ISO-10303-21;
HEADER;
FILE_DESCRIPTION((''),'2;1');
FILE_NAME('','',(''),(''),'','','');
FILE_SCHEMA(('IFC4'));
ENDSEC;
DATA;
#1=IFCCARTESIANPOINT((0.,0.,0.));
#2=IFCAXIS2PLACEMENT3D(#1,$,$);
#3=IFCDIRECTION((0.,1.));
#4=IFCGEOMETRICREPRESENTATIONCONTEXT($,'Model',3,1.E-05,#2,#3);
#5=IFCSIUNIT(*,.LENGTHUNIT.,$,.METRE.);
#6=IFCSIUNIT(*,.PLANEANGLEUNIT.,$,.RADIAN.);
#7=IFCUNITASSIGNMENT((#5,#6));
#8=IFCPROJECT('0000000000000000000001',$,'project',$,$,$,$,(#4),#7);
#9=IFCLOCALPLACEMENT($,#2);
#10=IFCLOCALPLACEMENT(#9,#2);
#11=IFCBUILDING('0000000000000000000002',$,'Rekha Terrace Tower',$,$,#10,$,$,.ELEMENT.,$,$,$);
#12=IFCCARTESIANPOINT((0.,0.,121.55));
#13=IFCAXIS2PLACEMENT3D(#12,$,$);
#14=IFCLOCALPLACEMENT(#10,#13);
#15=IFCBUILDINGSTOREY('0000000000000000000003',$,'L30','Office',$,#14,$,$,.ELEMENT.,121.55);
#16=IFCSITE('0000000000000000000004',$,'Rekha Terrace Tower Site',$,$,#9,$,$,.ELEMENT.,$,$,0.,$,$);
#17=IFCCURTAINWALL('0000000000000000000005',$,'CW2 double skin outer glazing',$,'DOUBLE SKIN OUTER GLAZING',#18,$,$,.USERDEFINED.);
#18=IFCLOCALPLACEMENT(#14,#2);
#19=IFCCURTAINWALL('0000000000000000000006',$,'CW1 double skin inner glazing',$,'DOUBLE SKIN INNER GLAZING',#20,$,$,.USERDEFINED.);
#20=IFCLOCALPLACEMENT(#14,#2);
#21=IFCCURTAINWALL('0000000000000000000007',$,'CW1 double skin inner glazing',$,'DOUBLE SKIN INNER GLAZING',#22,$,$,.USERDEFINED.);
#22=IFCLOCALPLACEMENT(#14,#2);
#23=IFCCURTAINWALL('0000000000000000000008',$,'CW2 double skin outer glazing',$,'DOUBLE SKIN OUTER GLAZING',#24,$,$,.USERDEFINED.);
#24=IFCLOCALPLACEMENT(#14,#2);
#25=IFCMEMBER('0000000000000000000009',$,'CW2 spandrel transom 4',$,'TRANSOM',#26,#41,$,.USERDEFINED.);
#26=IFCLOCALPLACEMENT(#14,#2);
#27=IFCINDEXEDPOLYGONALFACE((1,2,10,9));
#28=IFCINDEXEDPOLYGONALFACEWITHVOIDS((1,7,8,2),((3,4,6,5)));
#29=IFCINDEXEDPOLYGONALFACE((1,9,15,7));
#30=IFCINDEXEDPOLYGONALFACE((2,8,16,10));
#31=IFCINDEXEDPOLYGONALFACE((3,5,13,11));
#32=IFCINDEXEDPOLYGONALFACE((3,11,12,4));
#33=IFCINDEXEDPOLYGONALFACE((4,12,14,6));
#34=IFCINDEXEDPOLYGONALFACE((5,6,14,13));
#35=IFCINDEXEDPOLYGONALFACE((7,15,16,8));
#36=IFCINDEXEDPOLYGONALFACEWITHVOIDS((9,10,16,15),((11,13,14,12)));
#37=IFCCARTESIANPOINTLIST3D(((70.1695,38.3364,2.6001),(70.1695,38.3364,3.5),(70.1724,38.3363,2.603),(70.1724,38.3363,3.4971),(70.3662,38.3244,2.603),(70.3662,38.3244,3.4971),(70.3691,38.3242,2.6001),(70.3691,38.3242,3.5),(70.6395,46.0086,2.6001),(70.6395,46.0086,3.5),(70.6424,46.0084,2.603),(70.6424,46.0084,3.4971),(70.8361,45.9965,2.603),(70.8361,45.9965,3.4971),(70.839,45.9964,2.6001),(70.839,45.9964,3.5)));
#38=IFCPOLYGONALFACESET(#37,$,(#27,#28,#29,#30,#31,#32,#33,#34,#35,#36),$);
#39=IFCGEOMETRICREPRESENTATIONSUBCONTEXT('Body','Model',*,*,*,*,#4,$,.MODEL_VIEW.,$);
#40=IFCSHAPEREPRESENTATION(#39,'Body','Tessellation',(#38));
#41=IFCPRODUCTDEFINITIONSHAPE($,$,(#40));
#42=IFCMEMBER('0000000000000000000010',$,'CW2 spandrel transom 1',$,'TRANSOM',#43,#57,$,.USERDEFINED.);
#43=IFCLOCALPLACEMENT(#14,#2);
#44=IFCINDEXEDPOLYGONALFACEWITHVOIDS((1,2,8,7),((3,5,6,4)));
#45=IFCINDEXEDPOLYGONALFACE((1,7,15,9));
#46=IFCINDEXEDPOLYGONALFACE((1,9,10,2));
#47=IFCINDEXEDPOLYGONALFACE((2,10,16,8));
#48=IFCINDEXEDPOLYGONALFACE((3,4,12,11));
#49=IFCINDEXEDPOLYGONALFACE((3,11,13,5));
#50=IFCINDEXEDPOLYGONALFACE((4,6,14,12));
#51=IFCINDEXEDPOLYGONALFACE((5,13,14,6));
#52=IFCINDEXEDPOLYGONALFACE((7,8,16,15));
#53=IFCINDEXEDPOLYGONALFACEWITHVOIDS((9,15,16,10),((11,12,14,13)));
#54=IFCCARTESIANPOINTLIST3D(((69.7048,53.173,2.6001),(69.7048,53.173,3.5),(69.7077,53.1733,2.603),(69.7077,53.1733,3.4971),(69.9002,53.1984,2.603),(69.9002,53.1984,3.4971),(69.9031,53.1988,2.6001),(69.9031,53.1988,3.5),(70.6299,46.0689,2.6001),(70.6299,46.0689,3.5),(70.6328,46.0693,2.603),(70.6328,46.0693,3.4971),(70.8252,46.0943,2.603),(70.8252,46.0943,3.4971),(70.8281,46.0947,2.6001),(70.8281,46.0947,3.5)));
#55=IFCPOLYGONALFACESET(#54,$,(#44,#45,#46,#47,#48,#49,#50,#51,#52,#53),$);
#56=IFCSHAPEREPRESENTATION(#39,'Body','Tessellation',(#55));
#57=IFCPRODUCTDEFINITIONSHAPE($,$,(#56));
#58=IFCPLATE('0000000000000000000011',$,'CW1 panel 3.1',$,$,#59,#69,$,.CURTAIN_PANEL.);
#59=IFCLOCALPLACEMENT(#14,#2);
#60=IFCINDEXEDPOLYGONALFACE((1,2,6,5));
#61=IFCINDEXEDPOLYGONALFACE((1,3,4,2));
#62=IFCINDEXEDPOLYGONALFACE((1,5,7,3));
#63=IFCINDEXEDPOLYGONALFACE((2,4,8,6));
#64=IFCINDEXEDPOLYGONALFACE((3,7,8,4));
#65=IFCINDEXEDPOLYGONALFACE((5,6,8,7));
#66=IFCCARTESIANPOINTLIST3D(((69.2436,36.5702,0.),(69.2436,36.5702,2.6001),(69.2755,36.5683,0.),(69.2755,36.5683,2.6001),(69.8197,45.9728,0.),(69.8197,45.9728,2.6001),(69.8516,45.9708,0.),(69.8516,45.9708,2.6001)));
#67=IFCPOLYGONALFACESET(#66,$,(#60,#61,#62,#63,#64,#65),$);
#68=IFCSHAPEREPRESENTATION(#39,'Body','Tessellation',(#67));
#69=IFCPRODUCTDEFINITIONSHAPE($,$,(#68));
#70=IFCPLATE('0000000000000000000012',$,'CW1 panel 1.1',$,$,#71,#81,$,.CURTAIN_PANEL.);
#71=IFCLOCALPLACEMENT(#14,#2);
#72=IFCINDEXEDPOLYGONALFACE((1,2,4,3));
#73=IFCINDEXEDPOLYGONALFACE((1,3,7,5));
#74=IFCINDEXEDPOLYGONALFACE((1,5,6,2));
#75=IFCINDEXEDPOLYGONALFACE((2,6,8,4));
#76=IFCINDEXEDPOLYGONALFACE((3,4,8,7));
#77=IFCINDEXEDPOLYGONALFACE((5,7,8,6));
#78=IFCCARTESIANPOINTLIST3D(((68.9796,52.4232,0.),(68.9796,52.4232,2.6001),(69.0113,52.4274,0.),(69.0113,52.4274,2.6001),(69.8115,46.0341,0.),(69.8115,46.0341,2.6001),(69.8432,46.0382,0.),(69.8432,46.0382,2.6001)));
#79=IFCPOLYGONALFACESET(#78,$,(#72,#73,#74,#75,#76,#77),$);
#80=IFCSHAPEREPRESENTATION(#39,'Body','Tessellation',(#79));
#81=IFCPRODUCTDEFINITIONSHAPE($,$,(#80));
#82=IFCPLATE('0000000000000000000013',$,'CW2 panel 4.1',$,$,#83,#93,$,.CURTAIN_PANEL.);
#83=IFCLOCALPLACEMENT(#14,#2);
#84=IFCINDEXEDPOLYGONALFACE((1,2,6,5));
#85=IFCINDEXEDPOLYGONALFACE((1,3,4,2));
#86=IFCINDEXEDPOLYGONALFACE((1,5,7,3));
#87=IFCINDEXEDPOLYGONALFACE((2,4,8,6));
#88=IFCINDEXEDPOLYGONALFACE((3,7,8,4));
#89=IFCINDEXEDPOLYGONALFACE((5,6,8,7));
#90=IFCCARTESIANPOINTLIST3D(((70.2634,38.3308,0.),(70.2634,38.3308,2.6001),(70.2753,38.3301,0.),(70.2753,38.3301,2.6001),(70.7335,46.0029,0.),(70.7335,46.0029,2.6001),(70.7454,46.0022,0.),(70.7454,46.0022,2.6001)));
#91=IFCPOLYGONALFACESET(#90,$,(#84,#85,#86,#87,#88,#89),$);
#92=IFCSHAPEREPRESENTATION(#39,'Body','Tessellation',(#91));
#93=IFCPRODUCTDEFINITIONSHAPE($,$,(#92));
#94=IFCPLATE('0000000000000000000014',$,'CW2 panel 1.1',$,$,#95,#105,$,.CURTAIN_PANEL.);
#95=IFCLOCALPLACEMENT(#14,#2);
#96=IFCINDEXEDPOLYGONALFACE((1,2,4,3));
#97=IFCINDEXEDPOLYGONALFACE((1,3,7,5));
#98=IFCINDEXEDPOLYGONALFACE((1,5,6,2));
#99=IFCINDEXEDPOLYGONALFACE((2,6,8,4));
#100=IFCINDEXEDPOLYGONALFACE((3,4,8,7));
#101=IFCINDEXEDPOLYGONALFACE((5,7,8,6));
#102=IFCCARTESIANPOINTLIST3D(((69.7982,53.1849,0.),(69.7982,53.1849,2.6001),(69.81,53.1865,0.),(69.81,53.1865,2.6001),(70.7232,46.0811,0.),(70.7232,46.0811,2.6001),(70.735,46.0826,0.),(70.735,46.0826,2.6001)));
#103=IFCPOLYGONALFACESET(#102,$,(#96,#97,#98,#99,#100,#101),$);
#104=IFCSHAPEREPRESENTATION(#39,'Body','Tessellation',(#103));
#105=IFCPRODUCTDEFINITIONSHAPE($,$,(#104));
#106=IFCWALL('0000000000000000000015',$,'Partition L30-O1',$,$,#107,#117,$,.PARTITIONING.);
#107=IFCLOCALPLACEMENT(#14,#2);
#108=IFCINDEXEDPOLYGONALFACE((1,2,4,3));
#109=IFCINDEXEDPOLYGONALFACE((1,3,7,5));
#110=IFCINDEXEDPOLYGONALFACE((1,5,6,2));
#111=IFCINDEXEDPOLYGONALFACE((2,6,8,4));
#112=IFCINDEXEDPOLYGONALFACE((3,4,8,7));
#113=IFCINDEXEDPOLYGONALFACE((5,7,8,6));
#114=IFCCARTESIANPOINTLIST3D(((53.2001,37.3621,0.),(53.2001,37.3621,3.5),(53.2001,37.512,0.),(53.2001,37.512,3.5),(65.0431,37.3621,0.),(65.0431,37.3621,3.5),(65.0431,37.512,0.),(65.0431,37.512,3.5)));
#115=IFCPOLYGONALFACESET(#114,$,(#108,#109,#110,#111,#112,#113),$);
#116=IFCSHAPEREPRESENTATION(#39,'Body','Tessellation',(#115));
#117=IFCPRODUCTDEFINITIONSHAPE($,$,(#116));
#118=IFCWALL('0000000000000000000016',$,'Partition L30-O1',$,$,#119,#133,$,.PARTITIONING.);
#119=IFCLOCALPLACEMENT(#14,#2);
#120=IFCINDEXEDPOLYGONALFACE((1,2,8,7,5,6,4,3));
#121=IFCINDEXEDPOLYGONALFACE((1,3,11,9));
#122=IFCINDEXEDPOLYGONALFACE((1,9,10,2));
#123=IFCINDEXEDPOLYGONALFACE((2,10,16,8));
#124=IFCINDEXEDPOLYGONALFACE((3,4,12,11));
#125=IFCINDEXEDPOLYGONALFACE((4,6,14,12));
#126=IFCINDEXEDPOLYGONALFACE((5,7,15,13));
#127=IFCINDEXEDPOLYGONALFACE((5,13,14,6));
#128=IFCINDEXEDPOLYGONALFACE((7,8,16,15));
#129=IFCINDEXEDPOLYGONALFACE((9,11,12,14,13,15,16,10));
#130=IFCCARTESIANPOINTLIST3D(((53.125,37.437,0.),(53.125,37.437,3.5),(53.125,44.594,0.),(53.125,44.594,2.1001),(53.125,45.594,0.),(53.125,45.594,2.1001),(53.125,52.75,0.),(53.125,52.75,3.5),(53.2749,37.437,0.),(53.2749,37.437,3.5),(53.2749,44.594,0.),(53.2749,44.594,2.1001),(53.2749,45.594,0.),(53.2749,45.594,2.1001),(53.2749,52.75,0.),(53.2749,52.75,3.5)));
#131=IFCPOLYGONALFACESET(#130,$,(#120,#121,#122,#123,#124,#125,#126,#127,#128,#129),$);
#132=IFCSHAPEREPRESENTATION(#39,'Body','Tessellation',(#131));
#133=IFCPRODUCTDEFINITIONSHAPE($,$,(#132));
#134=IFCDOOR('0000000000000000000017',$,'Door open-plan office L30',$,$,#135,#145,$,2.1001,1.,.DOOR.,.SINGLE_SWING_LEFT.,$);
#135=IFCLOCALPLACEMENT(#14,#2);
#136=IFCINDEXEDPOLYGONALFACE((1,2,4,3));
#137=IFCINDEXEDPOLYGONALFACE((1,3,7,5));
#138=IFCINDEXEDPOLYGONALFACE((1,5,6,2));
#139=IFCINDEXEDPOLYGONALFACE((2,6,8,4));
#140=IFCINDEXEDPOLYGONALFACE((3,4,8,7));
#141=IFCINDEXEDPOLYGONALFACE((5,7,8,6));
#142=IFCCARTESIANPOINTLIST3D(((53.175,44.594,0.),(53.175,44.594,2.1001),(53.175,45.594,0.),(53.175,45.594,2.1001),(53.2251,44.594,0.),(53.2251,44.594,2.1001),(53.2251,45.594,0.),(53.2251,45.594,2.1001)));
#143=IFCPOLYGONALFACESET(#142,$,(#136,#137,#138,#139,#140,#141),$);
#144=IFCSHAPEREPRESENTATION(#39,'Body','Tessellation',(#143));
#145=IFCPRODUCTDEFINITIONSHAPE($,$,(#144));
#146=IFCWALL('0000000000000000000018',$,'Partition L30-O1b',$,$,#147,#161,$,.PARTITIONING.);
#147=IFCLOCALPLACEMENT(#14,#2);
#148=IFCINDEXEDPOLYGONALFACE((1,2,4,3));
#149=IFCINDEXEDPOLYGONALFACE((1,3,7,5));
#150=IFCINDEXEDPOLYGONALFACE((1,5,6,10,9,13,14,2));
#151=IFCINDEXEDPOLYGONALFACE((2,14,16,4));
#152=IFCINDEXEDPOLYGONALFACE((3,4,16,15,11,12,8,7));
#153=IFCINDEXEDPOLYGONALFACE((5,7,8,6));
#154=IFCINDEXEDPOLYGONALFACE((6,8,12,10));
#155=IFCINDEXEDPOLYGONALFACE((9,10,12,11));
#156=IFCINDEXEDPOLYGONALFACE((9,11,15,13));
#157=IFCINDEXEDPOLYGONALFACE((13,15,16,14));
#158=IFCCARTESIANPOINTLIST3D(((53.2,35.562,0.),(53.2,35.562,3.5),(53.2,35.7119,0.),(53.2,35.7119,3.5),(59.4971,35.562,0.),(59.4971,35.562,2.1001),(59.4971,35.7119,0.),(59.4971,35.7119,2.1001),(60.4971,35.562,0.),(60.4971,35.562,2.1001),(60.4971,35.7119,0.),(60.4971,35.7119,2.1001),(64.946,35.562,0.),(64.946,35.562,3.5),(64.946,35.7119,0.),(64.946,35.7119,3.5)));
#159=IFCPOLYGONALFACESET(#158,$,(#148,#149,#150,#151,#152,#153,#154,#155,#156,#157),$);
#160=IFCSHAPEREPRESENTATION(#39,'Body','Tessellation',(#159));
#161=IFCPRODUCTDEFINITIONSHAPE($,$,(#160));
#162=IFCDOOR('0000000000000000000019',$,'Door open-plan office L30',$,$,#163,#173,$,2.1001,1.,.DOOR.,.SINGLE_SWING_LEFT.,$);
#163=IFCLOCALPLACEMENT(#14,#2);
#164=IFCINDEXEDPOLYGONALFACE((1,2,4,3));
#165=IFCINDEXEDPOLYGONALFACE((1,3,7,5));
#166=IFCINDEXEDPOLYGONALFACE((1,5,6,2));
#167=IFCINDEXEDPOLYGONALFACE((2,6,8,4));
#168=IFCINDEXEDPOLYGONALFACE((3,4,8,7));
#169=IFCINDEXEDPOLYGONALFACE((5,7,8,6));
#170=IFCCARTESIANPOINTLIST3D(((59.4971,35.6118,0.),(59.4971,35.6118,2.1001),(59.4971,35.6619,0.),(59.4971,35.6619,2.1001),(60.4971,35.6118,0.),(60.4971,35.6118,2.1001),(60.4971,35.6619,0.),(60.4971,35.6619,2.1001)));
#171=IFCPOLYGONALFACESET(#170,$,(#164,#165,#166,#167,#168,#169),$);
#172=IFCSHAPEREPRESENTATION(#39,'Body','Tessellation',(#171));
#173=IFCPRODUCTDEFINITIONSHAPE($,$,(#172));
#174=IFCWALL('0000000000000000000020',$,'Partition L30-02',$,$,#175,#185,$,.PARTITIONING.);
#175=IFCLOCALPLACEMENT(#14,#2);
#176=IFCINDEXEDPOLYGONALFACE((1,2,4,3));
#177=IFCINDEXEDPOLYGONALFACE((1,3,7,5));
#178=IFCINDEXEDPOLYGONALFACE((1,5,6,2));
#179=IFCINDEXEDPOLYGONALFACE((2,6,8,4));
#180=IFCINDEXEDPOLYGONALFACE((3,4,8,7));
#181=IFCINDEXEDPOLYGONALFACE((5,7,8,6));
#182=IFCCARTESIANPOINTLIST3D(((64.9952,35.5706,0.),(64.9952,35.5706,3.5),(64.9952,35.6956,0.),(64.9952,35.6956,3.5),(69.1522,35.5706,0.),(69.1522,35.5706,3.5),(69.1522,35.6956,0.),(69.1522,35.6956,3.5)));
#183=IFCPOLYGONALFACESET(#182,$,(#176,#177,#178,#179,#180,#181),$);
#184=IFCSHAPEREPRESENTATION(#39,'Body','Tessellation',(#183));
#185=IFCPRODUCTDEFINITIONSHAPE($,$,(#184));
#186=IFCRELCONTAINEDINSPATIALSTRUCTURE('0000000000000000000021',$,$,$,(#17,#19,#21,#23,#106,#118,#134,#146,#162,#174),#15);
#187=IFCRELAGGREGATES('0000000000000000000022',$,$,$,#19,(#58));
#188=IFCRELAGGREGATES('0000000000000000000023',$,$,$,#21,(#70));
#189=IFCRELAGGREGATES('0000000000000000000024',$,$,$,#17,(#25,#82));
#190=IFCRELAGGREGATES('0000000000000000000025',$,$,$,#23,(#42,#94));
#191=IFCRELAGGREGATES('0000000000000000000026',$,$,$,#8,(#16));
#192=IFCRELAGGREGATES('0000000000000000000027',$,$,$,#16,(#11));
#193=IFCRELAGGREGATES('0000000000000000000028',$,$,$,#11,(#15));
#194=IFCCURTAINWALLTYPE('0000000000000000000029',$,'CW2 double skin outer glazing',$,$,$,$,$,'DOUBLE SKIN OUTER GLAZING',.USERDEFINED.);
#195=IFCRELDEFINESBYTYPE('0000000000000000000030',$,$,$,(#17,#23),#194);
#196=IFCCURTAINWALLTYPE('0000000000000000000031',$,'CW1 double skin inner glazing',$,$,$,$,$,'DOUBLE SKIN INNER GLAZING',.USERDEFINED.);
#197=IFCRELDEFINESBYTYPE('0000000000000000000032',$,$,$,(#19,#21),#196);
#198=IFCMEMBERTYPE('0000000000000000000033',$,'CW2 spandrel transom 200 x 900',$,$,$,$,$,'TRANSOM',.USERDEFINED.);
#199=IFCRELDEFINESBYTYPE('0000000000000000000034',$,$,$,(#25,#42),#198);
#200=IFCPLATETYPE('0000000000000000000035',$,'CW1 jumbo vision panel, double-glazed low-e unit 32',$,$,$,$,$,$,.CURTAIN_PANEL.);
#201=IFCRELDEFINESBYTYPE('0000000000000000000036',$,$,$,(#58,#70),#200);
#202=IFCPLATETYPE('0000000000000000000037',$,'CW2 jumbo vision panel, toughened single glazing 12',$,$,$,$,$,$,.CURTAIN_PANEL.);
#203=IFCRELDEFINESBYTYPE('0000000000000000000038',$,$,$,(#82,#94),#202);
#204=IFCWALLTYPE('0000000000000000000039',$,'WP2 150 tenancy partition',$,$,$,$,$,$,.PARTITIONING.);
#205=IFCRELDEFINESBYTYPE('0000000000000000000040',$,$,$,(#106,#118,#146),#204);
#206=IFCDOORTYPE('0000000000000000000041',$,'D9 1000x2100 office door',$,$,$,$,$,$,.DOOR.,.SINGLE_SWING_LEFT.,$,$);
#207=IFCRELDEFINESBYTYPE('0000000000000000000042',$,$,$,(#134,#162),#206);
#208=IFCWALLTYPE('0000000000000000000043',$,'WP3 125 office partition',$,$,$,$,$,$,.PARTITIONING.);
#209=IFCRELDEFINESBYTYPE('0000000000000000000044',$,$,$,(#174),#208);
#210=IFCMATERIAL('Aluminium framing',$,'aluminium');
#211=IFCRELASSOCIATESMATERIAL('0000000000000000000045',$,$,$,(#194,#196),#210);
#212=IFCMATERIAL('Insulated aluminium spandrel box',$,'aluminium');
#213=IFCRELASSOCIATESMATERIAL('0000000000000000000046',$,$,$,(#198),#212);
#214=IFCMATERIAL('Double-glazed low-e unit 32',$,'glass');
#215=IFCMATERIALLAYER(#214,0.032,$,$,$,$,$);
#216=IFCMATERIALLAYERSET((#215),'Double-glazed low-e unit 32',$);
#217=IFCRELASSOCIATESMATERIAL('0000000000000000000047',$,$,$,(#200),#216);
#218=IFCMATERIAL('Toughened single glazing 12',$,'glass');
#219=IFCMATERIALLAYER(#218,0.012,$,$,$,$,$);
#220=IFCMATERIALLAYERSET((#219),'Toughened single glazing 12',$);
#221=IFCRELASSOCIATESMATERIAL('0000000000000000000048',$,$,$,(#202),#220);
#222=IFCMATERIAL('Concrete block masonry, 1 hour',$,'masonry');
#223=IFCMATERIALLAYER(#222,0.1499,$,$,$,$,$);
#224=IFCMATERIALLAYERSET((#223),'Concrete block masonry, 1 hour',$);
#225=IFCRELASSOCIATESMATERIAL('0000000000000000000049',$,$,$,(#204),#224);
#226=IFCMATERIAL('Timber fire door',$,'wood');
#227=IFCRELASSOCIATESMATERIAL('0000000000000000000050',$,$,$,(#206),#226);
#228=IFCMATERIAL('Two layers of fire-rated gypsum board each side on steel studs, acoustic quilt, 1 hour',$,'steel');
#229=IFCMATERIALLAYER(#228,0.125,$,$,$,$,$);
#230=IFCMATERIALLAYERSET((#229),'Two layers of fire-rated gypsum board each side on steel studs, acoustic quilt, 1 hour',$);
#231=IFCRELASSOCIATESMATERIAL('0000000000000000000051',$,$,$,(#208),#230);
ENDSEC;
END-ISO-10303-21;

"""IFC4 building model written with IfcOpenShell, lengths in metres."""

from ifc_helpers import new_model, si_unit, direction, frame, frame_2d, origin, origin_2d, place, context, subcontext, project, spatial, rectangle, hollow_rectangle, extrude, material, layer, layer_set, material_profile, profile_set, type_object, element, fill, aggregate, save


model = new_model("IFC4")

# Units and contexts
model_context = context("Model", 3, precision=1e-05, world=origin(), true_north=direction((0.0, 1.0)))
body_context = subcontext(model_context, "Body", "Model", "MODEL_VIEW")
ifc_project = project(units=[si_unit("LENGTHUNIT", "METRE"), si_unit("PLANEANGLEUNIT", "RADIAN")], contexts=[model_context])

# Site, building, storey
site_placement = place(None, origin())
site = spatial("IfcSite", under=ifc_project, at=site_placement, Name="Rekha Terrace Tower Site", CompositionType="ELEMENT", RefElevation=0.0)
building_placement = place(site_placement, origin())
building = spatial("IfcBuilding", under=site, at=building_placement, Name="Rekha Terrace Tower", CompositionType="ELEMENT")
storey_placement = place(building_placement, frame((0.0, 0.0, 121.55)))
storey = spatial("IfcBuildingStorey", under=building, at=storey_placement, Name="L30", Description="Office", CompositionType="ELEMENT", Elevation=121.55)

# Curtain walls
ifc_material_1 = material(Name="Aluminium framing", Category="aluminium")
curtain_wall_type_1 = type_object("IfcCurtainWallType", Name="CW2 double skin outer glazing", ElementType="DOUBLE SKIN OUTER GLAZING", PredefinedType="USERDEFINED", material=ifc_material_1)
curtain_wall_1_placement = place(storey_placement, origin())
curtain_wall_1 = element("IfcCurtainWall", 1, at=curtain_wall_1_placement, inside=storey, type_object=curtain_wall_type_1, Name="CW2 double skin outer glazing", ObjectType="DOUBLE SKIN OUTER GLAZING", PredefinedType="USERDEFINED")
curtain_wall_type_2 = type_object("IfcCurtainWallType", Name="CW1 double skin inner glazing", ElementType="DOUBLE SKIN INNER GLAZING", PredefinedType="USERDEFINED", material=ifc_material_1)
curtain_wall_2_placement = place(storey_placement, origin())
curtain_wall_2 = element("IfcCurtainWall", 2, at=curtain_wall_2_placement, inside=storey, type_object=curtain_wall_type_2, Name="CW1 double skin inner glazing", ObjectType="DOUBLE SKIN INNER GLAZING", PredefinedType="USERDEFINED")
curtain_wall_3_placement = place(storey_placement, origin())
curtain_wall_3 = element("IfcCurtainWall", 3, at=curtain_wall_3_placement, inside=storey, type_object=curtain_wall_type_2, Name="CW1 double skin inner glazing", ObjectType="DOUBLE SKIN INNER GLAZING", PredefinedType="USERDEFINED")

# Shared definitions
ifc_material_2 = material(Name="Insulated aluminium spandrel box", Category="aluminium")

# Curtain wall
curtain_wall_4_placement = place(storey_placement, origin())
curtain_wall_4 = element("IfcCurtainWall", 4, at=curtain_wall_4_placement, inside=storey, type_object=curtain_wall_type_1, Name="CW2 double skin outer glazing", ObjectType="DOUBLE SKIN OUTER GLAZING", PredefinedType="USERDEFINED")

# Members
ifc_material_profile_1 = material_profile(ifc_material_2, hollow_rectangle(XDim=0.2, YDim=0.8999, WallThickness=0.0029, at=origin_2d()), Name="AL SPANDREL BOX 200x900")
ifc_profile_set_1 = profile_set([ifc_material_profile_1], Name="Insulated aluminium spandrel box")
member_type_1 = type_object("IfcMemberType", Name="CW2 spandrel transom 200 x 900", ElementType="TRANSOM", PredefinedType="USERDEFINED", material=ifc_profile_set_1)
member_1_placement = place(storey_placement, frame((70.2693, 38.3303, 3.05), z_axis=(0.061142, 0.998129, 0.0), x_axis=(-0.998129, 0.061142, 0.0)))
member_1 = element("IfcMember", 5, at=member_1_placement, type_object=member_type_1, Name="CW2 spandrel transom 4", ObjectType="TRANSOM", PredefinedType="USERDEFINED", context=body_context, shape_type="SweptSolid", body=[
    extrude(hollow_rectangle(XDim=0.2, YDim=0.8999, WallThickness=0.0029, at=origin_2d()), origin(), (0.0, 0.0, 1.0), 7.6865),
])
member_2_placement = place(storey_placement, frame((70.729, 46.0818, 3.05), z_axis=(-0.129125, 0.991628, 0.0), x_axis=(-0.991628, -0.129125, 0.0)))
member_2 = element("IfcMember", 6, at=member_2_placement, type_object=member_type_1, Name="CW2 spandrel transom 1", ObjectType="TRANSOM", PredefinedType="USERDEFINED", context=body_context, shape_type="SweptSolid", body=[
    extrude(hollow_rectangle(XDim=0.2, YDim=0.8999, WallThickness=0.0029, at=origin_2d()), origin(), (0.0, 0.0, 1.0), 7.1641),
])

# Plates
ifc_material_3 = material(Name="Double-glazed low-e unit 32", Category="glass")
ifc_layer_1 = layer(ifc_material_3, 0.032)
ifc_layer_set_1 = layer_set([ifc_layer_1], Name="Double-glazed low-e unit 32")
plate_type_1 = type_object("IfcPlateType", Name="CW1 jumbo vision panel, double-glazed low-e unit 32", PredefinedType="CURTAIN_PANEL", material=ifc_layer_set_1)
plate_1_placement = place(storey_placement, frame((69.5476, 41.2705, 0.0), z_axis=(0.0, 0.0, 1.0), x_axis=(0.06116, 0.998128, 0.0)))
plate_1 = element("IfcPlate", 7, at=plate_1_placement, type_object=plate_type_1, Name="CW1 panel 3.1", PredefinedType="CURTAIN_PANEL", context=body_context, shape_type="SweptSolid", body=[
    extrude(rectangle(XDim=9.4202, YDim=0.032, at=origin_2d()), origin(), (0.0, 0.0, 1.0), 2.6001),
])
aggregate(curtain_wall_2, [plate_1])
plate_2_placement = place(storey_placement, frame((69.4114, 49.2307, 0.0), z_axis=(0.0, 0.0, 1.0), x_axis=(-0.129118, 0.991629, 0.0)))
plate_2 = element("IfcPlate", 8, at=plate_2_placement, type_object=plate_type_1, Name="CW1 panel 1.1", PredefinedType="CURTAIN_PANEL", context=body_context, shape_type="SweptSolid", body=[
    extrude(rectangle(XDim=6.4431, YDim=0.032, at=origin_2d()), origin(), (0.0, 0.0, 1.0), 2.6001),
])
aggregate(curtain_wall_3, [plate_2])
ifc_material_4 = material(Name="Toughened single glazing 12", Category="glass")
ifc_layer_2 = layer(ifc_material_4, 0.012)
ifc_layer_set_2 = layer_set([ifc_layer_2], Name="Toughened single glazing 12")
plate_type_2 = type_object("IfcPlateType", Name="CW2 jumbo vision panel, toughened single glazing 12", PredefinedType="CURTAIN_PANEL", material=ifc_layer_set_2)
plate_3_placement = place(storey_placement, frame((70.5044, 42.1665, 0.0), z_axis=(0.0, 0.0, 1.0), x_axis=(0.06116, 0.998128, 0.0)))
plate_3 = element("IfcPlate", 9, at=plate_3_placement, type_object=plate_type_2, Name="CW2 panel 4.1", PredefinedType="CURTAIN_PANEL", context=body_context, shape_type="SweptSolid", body=[
    extrude(rectangle(XDim=7.6865, YDim=0.012, at=origin_2d()), origin(), (0.0, 0.0, 1.0), 2.6001),
])
aggregate(curtain_wall_1, [member_1, plate_3])
plate_4_placement = place(storey_placement, frame((70.2666, 49.6338, 0.0), z_axis=(0.0, 0.0, 1.0), x_axis=(-0.129118, 0.991629, 0.0)))
plate_4 = element("IfcPlate", 10, at=plate_4_placement, type_object=plate_type_2, Name="CW2 panel 1.1", PredefinedType="CURTAIN_PANEL", context=body_context, shape_type="SweptSolid", body=[
    extrude(rectangle(XDim=7.1638, YDim=0.012, at=origin_2d()), origin(), (0.0, 0.0, 1.0), 2.6001),
])
aggregate(curtain_wall_4, [member_2, plate_4])

# Wall
ifc_material_5 = material(Name="Concrete block masonry, 1 hour", Category="masonry")
ifc_layer_3 = layer(ifc_material_5, 0.1499)
ifc_layer_set_3 = layer_set([ifc_layer_3], Name="Concrete block masonry, 1 hour")
wall_type_1 = type_object("IfcWallType", Name="WP2 150 tenancy partition", PredefinedType="PARTITIONING", material=ifc_layer_set_3)
wall_1_placement = place(storey_placement, frame((65.043, 37.437, 0.0), z_axis=(0.0, 0.0, 1.0), x_axis=(-1.0, 0.0, 0.0)))
element("IfcWall", 11, at=wall_1_placement, inside=storey, type_object=wall_type_1, Name="Partition L30-O1", PredefinedType="PARTITIONING", context=body_context, shape_type="SweptSolid", body=[
    extrude(rectangle(XDim=11.843, YDim=0.1499, at=frame_2d((5.9214, 0.0))), origin(), (0.0, 0.0, 1.0), 3.5),
])

# Walls, openings, doors
wall_2_placement = place(storey_placement, frame((53.2, 37.437, 0.0), z_axis=(0.0, 0.0, 1.0), x_axis=(0.0, 1.0, 0.0)))
wall_2 = element("IfcWall", 12, at=wall_2_placement, inside=storey, type_object=wall_type_1, Name="Partition L30-O1", PredefinedType="PARTITIONING", context=body_context, shape_type="SweptSolid", body=[
    extrude(rectangle(XDim=15.313, YDim=0.1499, at=frame_2d((7.6565, 0.0))), origin(), (0.0, 0.0, 1.0), 3.5),
])
opening_1_placement = place(wall_2_placement, frame((7.157, 0.0, 0.0)))
opening_1 = element("IfcOpeningElement", 13, at=opening_1_placement, cuts=wall_2, PredefinedType="OPENING", context=body_context, shape_type="SweptSolid", body=[
    extrude(rectangle(XDim=1.0, YDim=2.1001, at=frame_2d((0.5, 1.05))), frame((0.0, 0.085, 0.0), z_axis=(0.0, -1.0, 0.0), x_axis=(1.0, 0.0, 0.0)), (0.0, 0.0, 1.0), 0.1699),
])
ifc_material_6 = material(Name="Timber fire door", Category="wood")
door_type = type_object("IfcDoorType", Name="D9 1000x2100 office door", OperationType="SINGLE_SWING_LEFT", PredefinedType="DOOR", material=ifc_material_6)
door_1_placement = place(opening_1_placement, origin())
door_1 = element("IfcDoor", 14, at=door_1_placement, inside=storey, type_object=door_type, Name="Door open-plan office L30", OperationType="SINGLE_SWING_LEFT", OverallHeight=2.1001, OverallWidth=1.0, PredefinedType="DOOR", context=body_context, shape_type="SweptSolid", body=[
    extrude(rectangle(XDim=1.0, YDim=2.1001, at=frame_2d((0.5, 1.05))), frame((0.0, 0.0249, 0.0), z_axis=(0.0, -1.0, 0.0), x_axis=(1.0, 0.0, 0.0)), (0.0, 0.0, 1.0), 0.05),
])
fill(opening_1, door_1)
wall_3_placement = place(storey_placement, frame((53.2, 35.637, 0.0), z_axis=(0.0, 0.0, 1.0), x_axis=(1.0, 0.0, 0.0)))
wall_3 = element("IfcWall", 15, at=wall_3_placement, inside=storey, type_object=wall_type_1, Name="Partition L30-O1b", PredefinedType="PARTITIONING", context=body_context, shape_type="SweptSolid", body=[
    extrude(rectangle(XDim=11.7461, YDim=0.1499, at=frame_2d((5.873, 0.0))), origin(), (0.0, 0.0, 1.0), 3.5),
])
opening_2_placement = place(wall_3_placement, frame((6.2971, 0.0, 0.0)))
opening_2 = element("IfcOpeningElement", 16, at=opening_2_placement, cuts=wall_3, PredefinedType="OPENING", context=body_context, shape_type="SweptSolid", body=[
    extrude(rectangle(XDim=1.0, YDim=2.1001, at=frame_2d((0.5, 1.05))), frame((0.0, 0.085, 0.0), z_axis=(0.0, -1.0, 0.0), x_axis=(1.0, 0.0, 0.0)), (0.0, 0.0, 1.0), 0.1699),
])
door_2_placement = place(opening_2_placement, origin())
door_2 = element("IfcDoor", 17, at=door_2_placement, inside=storey, type_object=door_type, Name="Door open-plan office L30", OperationType="SINGLE_SWING_LEFT", OverallHeight=2.1001, OverallWidth=1.0, PredefinedType="DOOR", context=body_context, shape_type="SweptSolid", body=[
    extrude(rectangle(XDim=1.0, YDim=2.1001, at=frame_2d((0.5, 1.05))), frame((0.0, 0.0249, 0.0), z_axis=(0.0, -1.0, 0.0), x_axis=(1.0, 0.0, 0.0)), (0.0, 0.0, 1.0), 0.05),
])
fill(opening_2, door_2)

# Wall
ifc_material_7 = material(Name="Two layers of fire-rated gypsum board each side on steel studs, acoustic quilt, 1 hour", Category="steel")
ifc_layer_4 = layer(ifc_material_7, 0.125)
ifc_layer_set_4 = layer_set([ifc_layer_4], Name="Two layers of fire-rated gypsum board each side on steel studs, acoustic quilt, 1 hour")
wall_type_2 = type_object("IfcWallType", Name="WP3 125 office partition", PredefinedType="PARTITIONING", material=ifc_layer_set_4)
wall_4_placement = place(storey_placement, frame((64.9951, 35.6331, 0.0), z_axis=(0.0, 0.0, 1.0), x_axis=(1.0, 0.0, 0.0)))
element("IfcWall", 18, at=wall_4_placement, inside=storey, type_object=wall_type_2, Name="Partition L30-02", PredefinedType="PARTITIONING", context=body_context, shape_type="SweptSolid", body=[
    extrude(rectangle(XDim=4.157, YDim=0.125, at=frame_2d((2.0786, 0.0))), origin(), (0.0, 0.0, 1.0), 3.5),
])

save(model, "model.ifc")
